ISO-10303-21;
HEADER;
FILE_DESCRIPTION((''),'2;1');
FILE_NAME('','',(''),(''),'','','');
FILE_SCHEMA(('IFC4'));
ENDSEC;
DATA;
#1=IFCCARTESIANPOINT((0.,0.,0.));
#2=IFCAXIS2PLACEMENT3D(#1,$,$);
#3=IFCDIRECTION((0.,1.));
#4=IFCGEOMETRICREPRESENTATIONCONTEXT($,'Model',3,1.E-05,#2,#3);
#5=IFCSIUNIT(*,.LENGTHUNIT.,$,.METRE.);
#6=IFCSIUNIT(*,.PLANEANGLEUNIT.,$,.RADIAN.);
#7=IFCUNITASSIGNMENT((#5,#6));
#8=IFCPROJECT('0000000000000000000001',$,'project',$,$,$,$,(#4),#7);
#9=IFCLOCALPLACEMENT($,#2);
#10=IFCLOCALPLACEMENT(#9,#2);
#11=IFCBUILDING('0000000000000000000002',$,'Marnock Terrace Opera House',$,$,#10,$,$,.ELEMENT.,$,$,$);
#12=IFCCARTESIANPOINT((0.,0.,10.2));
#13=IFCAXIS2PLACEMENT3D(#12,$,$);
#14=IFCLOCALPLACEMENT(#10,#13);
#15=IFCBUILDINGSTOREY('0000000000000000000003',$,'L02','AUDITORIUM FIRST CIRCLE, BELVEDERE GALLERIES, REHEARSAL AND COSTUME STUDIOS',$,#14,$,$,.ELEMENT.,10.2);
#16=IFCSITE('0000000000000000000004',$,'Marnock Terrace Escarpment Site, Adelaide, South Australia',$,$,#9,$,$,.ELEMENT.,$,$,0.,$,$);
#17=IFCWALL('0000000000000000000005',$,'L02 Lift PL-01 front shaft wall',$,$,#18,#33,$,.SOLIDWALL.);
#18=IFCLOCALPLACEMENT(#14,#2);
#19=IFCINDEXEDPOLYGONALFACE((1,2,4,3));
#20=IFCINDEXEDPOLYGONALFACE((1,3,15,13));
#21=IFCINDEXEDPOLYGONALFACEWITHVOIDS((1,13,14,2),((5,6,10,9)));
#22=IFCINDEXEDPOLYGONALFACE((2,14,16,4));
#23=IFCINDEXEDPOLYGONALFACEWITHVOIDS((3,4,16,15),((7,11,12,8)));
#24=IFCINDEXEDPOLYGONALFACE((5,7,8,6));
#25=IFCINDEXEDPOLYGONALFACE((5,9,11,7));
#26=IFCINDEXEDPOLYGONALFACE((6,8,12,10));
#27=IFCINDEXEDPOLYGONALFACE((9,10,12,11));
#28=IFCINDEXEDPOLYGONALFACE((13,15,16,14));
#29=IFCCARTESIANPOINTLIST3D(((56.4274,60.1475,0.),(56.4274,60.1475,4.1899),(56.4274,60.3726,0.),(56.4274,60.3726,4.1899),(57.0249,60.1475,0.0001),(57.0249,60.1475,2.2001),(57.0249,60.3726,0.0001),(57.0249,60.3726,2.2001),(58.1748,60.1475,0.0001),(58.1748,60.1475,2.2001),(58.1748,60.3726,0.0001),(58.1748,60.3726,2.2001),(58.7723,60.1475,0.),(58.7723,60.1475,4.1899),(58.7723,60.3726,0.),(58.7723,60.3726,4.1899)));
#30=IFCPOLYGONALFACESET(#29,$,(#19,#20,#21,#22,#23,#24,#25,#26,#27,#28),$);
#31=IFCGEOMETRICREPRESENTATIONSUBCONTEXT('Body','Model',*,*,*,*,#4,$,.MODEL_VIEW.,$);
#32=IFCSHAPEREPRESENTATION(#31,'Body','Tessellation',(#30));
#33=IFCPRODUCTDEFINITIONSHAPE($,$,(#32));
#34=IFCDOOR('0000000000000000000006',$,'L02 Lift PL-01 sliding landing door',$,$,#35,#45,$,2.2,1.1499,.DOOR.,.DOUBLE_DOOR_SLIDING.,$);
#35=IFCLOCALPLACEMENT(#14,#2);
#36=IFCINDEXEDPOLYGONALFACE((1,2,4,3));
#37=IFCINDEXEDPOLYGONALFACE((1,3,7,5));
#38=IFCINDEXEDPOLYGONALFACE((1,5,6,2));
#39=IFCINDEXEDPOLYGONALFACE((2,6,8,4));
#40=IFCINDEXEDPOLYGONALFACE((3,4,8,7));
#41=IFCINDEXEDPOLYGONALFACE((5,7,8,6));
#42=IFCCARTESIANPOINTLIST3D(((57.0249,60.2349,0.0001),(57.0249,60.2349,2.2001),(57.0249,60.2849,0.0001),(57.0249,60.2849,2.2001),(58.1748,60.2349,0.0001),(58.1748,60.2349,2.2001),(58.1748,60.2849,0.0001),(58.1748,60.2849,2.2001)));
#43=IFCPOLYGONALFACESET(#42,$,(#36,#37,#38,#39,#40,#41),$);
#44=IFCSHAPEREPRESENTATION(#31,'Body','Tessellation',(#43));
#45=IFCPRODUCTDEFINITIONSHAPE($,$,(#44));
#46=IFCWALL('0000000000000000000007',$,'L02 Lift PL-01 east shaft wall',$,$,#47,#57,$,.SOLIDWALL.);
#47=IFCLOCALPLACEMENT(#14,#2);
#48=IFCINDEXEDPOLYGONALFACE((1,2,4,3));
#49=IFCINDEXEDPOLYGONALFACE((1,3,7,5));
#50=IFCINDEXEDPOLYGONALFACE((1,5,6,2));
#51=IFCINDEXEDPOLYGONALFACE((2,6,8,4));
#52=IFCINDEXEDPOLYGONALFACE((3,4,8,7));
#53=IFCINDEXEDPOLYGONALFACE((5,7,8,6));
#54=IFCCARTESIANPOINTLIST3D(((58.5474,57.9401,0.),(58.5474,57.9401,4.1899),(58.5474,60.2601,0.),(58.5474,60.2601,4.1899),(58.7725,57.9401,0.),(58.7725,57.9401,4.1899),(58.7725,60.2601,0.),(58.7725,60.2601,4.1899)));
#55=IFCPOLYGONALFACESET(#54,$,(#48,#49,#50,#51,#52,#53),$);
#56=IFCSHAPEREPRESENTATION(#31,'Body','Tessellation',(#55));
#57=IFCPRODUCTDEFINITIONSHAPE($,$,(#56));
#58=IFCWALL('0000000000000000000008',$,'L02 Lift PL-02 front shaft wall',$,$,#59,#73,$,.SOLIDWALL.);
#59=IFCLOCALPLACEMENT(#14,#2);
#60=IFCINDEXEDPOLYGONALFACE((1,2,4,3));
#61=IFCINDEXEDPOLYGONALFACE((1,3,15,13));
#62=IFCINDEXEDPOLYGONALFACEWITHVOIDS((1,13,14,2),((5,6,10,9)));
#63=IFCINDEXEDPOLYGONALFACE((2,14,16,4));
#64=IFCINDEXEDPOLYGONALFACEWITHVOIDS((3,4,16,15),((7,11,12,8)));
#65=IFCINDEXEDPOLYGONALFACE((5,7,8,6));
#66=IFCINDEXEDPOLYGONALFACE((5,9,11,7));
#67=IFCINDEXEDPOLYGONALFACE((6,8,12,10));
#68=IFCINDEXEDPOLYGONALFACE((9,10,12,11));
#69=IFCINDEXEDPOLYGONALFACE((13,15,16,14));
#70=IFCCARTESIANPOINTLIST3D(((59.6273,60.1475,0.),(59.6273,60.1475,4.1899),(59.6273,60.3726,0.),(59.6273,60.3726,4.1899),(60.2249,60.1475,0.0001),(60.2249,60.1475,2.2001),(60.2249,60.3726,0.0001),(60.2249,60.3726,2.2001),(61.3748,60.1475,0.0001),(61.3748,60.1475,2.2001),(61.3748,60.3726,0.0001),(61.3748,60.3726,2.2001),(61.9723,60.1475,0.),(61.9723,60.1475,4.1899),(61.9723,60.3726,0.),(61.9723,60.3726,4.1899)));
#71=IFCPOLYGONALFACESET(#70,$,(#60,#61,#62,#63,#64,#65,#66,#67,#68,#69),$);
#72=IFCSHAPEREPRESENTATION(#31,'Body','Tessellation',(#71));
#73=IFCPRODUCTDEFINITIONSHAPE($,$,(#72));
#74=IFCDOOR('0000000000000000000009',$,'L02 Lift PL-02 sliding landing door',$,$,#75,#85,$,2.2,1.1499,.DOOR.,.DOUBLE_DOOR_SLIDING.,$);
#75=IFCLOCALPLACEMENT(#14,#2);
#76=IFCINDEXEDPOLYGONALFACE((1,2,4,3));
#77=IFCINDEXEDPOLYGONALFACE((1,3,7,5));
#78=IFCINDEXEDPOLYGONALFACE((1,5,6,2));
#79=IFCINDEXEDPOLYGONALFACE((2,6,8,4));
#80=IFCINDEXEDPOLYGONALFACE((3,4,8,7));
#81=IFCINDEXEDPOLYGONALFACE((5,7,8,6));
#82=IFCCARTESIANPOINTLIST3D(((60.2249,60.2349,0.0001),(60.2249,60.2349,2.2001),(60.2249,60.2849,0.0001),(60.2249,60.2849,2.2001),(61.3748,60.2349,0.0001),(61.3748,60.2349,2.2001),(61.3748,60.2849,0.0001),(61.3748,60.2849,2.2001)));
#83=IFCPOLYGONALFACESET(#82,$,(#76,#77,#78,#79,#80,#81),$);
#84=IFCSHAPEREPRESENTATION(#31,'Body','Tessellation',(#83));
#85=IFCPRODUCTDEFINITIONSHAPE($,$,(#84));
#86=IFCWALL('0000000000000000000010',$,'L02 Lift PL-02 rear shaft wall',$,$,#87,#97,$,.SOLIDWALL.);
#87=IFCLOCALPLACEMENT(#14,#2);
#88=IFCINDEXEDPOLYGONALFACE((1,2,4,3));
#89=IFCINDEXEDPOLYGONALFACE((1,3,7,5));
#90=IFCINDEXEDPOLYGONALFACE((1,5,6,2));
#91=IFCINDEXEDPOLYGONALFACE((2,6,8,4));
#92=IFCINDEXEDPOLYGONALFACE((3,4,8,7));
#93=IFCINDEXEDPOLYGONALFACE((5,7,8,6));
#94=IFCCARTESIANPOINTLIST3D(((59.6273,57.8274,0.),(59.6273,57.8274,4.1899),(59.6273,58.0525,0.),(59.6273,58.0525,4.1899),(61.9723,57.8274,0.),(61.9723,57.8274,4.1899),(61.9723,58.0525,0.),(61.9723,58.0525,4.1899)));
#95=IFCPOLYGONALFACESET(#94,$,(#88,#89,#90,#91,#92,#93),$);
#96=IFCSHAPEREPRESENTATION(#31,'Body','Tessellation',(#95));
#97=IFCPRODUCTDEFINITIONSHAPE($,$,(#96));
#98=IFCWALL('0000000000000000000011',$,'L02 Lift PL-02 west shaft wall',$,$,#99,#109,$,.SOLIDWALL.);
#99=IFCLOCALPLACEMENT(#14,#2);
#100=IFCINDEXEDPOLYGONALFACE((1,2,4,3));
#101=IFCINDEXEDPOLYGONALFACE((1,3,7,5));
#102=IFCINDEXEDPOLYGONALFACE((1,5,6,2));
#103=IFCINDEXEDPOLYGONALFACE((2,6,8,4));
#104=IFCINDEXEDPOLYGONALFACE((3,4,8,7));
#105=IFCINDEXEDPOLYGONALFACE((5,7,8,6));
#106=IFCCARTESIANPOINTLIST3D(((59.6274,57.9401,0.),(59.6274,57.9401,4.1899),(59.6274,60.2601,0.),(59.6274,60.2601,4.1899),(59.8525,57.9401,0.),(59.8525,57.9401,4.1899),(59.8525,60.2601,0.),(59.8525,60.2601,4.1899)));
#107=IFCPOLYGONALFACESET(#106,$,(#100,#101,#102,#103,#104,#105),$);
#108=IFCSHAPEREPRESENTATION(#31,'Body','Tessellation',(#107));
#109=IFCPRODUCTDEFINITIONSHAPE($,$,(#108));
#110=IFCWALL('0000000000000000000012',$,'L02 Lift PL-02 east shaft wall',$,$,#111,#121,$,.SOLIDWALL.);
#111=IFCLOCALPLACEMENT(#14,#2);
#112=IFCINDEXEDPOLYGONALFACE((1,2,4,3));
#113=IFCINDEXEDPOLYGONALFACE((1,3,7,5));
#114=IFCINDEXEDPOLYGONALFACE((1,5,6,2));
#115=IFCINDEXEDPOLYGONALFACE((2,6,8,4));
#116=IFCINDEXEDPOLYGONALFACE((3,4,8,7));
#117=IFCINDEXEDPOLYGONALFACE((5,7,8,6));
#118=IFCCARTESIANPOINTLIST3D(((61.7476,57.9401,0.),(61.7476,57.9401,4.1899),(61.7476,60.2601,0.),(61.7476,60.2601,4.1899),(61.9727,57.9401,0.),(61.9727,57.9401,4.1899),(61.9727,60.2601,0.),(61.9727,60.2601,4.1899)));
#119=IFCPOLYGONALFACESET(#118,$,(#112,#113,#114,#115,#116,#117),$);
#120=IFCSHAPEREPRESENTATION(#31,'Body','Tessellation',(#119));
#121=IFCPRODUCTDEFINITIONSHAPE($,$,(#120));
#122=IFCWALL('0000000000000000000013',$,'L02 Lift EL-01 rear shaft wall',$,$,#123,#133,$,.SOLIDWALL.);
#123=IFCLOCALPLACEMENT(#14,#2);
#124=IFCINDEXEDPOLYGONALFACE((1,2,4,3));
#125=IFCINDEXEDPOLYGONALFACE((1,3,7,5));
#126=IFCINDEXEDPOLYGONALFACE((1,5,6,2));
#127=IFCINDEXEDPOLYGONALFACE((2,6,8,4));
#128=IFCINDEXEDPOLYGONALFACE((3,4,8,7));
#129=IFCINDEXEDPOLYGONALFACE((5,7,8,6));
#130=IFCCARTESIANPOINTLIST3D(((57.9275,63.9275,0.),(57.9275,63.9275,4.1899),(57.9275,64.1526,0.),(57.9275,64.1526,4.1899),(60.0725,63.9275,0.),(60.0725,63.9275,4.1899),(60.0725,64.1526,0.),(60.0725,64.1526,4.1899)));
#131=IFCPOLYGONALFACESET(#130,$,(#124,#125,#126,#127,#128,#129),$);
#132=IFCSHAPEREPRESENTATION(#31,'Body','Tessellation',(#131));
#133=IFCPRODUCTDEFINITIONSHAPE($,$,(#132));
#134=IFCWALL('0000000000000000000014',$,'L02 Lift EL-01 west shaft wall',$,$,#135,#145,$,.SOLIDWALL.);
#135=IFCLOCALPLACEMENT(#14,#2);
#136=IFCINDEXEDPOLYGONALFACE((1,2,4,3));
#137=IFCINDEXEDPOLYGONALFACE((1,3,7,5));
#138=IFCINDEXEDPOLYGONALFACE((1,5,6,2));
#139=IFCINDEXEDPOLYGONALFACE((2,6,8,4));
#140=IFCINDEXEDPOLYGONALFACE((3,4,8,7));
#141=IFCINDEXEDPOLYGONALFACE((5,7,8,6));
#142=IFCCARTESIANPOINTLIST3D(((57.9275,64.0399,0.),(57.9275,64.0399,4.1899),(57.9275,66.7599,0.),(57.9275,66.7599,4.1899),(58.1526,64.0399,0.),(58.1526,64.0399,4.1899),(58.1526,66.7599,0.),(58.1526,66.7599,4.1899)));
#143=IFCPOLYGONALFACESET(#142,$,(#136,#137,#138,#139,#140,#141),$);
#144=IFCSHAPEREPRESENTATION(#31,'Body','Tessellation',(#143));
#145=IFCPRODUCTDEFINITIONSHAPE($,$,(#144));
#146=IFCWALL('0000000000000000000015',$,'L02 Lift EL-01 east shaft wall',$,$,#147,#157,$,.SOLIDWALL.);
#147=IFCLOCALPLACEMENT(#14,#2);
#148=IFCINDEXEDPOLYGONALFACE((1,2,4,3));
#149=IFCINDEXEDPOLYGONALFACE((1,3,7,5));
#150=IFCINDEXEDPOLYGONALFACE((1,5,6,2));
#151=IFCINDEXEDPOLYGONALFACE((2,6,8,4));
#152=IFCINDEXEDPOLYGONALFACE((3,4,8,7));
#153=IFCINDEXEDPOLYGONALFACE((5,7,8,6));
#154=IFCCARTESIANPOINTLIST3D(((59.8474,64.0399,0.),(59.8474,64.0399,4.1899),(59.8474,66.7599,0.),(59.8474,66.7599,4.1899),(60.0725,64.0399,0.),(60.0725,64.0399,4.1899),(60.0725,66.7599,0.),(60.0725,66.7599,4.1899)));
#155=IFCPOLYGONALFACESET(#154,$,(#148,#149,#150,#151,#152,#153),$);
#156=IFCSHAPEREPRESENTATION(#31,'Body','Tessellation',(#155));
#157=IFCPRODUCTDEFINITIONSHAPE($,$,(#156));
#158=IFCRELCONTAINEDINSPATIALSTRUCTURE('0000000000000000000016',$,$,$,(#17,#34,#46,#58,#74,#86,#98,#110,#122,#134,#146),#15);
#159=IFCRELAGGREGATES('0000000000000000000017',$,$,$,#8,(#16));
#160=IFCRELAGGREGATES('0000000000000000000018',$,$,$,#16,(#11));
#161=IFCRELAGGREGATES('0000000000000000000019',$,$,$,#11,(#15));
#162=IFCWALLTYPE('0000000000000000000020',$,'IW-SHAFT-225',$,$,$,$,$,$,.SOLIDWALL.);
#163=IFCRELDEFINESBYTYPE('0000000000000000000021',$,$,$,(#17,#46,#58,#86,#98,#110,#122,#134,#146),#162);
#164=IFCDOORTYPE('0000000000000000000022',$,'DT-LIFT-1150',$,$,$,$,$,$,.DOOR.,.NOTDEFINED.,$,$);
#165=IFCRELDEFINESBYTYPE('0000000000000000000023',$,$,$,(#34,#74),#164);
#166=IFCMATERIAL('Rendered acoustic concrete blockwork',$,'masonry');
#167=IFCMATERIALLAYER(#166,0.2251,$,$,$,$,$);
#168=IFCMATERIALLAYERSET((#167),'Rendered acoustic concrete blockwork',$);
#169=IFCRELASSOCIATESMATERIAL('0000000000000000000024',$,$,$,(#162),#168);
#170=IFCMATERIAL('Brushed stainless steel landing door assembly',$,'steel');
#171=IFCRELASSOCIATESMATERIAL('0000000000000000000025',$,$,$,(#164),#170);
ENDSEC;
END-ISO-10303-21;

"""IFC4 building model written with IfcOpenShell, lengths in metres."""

from ifc_helpers import new_model, si_unit, direction, frame, frame_2d, origin, place, context, subcontext, project, spatial, rectangle, extrude, material, layer, layer_set, type_object, element, fill, save


model = new_model("IFC4")

# Units and contexts
model_context = context("Model", 3, precision=1e-05, world=origin(), true_north=direction((0.0, 1.0)))
body_context = subcontext(model_context, "Body", "Model", "MODEL_VIEW")
ifc_project = project(units=[si_unit("LENGTHUNIT", "METRE"), si_unit("PLANEANGLEUNIT", "RADIAN")], contexts=[model_context])

# Site, building, storey
site_placement = place(None, origin())
site = spatial("IfcSite", under=ifc_project, at=site_placement, Name="Marnock Terrace Escarpment Site, Adelaide, South Australia", CompositionType="ELEMENT", RefElevation=0.0)
building_placement = place(site_placement, origin())
building = spatial("IfcBuilding", under=site, at=building_placement, Name="Marnock Terrace Opera House", CompositionType="ELEMENT")
storey_placement = place(building_placement, frame((0.0, 0.0, 10.2)))
storey = spatial("IfcBuildingStorey", under=building, at=storey_placement, Name="L02", Description="AUDITORIUM FIRST CIRCLE, BELVEDERE GALLERIES, REHEARSAL AND COSTUME STUDIOS", CompositionType="ELEMENT", Elevation=10.2)

# Wall, opening, door
ifc_material_1 = material(Name="Rendered acoustic concrete blockwork", Category="masonry")
ifc_layer_1 = layer(ifc_material_1, 0.2251)
ifc_layer_set_1 = layer_set([ifc_layer_1], Name="Rendered acoustic concrete blockwork")
wall_type = type_object("IfcWallType", Name="IW-SHAFT-225", PredefinedType="SOLIDWALL", material=ifc_layer_set_1)
wall_1_placement = place(storey_placement, frame((56.4275, 60.26, 0.0), z_axis=(0.0, 0.0, 1.0), x_axis=(1.0, 0.0, 0.0)))
wall_1 = element("IfcWall", 1, at=wall_1_placement, inside=storey, type_object=wall_type, Name="L02 Lift PL-01 front shaft wall", PredefinedType="SOLIDWALL", context=body_context, shape_type="SweptSolid", body=[
    extrude(rectangle(XDim=2.345, YDim=0.2251, at=frame_2d((1.1724, 0.0))), origin(), (0.0, 0.0, 1.0), 4.1899),
])
opening_1_placement = place(wall_1_placement, frame((0.5974, 0.0, 0.0)))
opening_1 = element("IfcOpeningElement", 2, at=opening_1_placement, cuts=wall_1, PredefinedType="OPENING", context=body_context, shape_type="SweptSolid", body=[
    extrude(rectangle(XDim=1.1499, YDim=2.2, at=frame_2d((0.575, 1.1001))), frame((0.0, 0.1226, 0.0), z_axis=(0.0, -1.0, 0.0), x_axis=(1.0, 0.0, 0.0)), (0.0, 0.0, 1.0), 0.2451),
])
ifc_material_2 = material(Name="Brushed stainless steel landing door assembly", Category="steel")
door_type = type_object("IfcDoorType", Name="DT-LIFT-1150", OperationType="NOTDEFINED", PredefinedType="DOOR", material=ifc_material_2)
door_1_placement = place(opening_1_placement, origin())
door_1 = element("IfcDoor", 3, at=door_1_placement, inside=storey, type_object=door_type, Name="L02 Lift PL-01 sliding landing door", OperationType="DOUBLE_DOOR_SLIDING", OverallHeight=2.2, OverallWidth=1.1499, PredefinedType="DOOR", context=body_context, shape_type="SweptSolid", body=[
    extrude(rectangle(XDim=1.1499, YDim=2.2, at=frame_2d((0.575, 1.1001))), frame((0.0, 0.0249, 0.0), z_axis=(0.0, -1.0, 0.0), x_axis=(1.0, 0.0, 0.0)), (0.0, 0.0, 1.0), 0.05),
])
fill(opening_1, door_1)

# Wall
wall_2_placement = place(storey_placement, frame((58.6599, 57.9399, 0.0), z_axis=(0.0, 0.0, 1.0), x_axis=(0.0, 1.0, 0.0)))
element("IfcWall", 4, at=wall_2_placement, inside=storey, type_object=wall_type, Name="L02 Lift PL-01 east shaft wall", PredefinedType="SOLIDWALL", context=body_context, shape_type="SweptSolid", body=[
    extrude(rectangle(XDim=2.3201, YDim=0.2251, at=frame_2d((1.1602, 0.0))), origin(), (0.0, 0.0, 1.0), 4.1899),
])

# Wall, opening, door
wall_3_placement = place(storey_placement, frame((59.6274, 60.26, 0.0), z_axis=(0.0, 0.0, 1.0), x_axis=(1.0, 0.0, 0.0)))
wall_3 = element("IfcWall", 5, at=wall_3_placement, inside=storey, type_object=wall_type, Name="L02 Lift PL-02 front shaft wall", PredefinedType="SOLIDWALL", context=body_context, shape_type="SweptSolid", body=[
    extrude(rectangle(XDim=2.345, YDim=0.2251, at=frame_2d((1.1724, 0.0))), origin(), (0.0, 0.0, 1.0), 4.1899),
])
opening_2_placement = place(wall_3_placement, frame((0.5974, 0.0, 0.0)))
opening_2 = element("IfcOpeningElement", 6, at=opening_2_placement, cuts=wall_3, PredefinedType="OPENING", context=body_context, shape_type="SweptSolid", body=[
    extrude(rectangle(XDim=1.1499, YDim=2.2, at=frame_2d((0.575, 1.1001))), frame((0.0, 0.1226, 0.0), z_axis=(0.0, -1.0, 0.0), x_axis=(1.0, 0.0, 0.0)), (0.0, 0.0, 1.0), 0.2451),
])
door_2_placement = place(opening_2_placement, origin())
door_2 = element("IfcDoor", 7, at=door_2_placement, inside=storey, type_object=door_type, Name="L02 Lift PL-02 sliding landing door", OperationType="DOUBLE_DOOR_SLIDING", OverallHeight=2.2, OverallWidth=1.1499, PredefinedType="DOOR", context=body_context, shape_type="SweptSolid", body=[
    extrude(rectangle(XDim=1.1499, YDim=2.2, at=frame_2d((0.575, 1.1001))), frame((0.0, 0.0249, 0.0), z_axis=(0.0, -1.0, 0.0), x_axis=(1.0, 0.0, 0.0)), (0.0, 0.0, 1.0), 0.05),
])
fill(opening_2, door_2)

# Walls
wall_4_placement = place(storey_placement, frame((59.6274, 57.9399, 0.0), z_axis=(0.0, 0.0, 1.0), x_axis=(1.0, 0.0, 0.0)))
element("IfcWall", 8, at=wall_4_placement, inside=storey, type_object=wall_type, Name="L02 Lift PL-02 rear shaft wall", PredefinedType="SOLIDWALL", context=body_context, shape_type="SweptSolid", body=[
    extrude(rectangle(XDim=2.345, YDim=0.2251, at=frame_2d((1.1724, 0.0))), origin(), (0.0, 0.0, 1.0), 4.1899),
])
for number, where, z_axis, x_axis, name in (
    (9, (59.74, 57.9399, 0.0), (0.0, 0.0, 1.0), (0.0, 1.0, 0.0), "L02 Lift PL-02 west shaft wall"),
    (10, (61.8601, 57.9399, 0.0), (0.0, 0.0, 1.0), (0.0, 1.0, 0.0), "L02 Lift PL-02 east shaft wall"),
):
    element("IfcWall", number, at=place(storey_placement, frame(where, z_axis=z_axis, x_axis=x_axis)), inside=storey, type_object=wall_type, Name=name, PredefinedType="SOLIDWALL", context=body_context, shape_type="SweptSolid", body=[
        extrude(rectangle(XDim=2.3201, YDim=0.2251, at=frame_2d((1.1602, 0.0))), origin(), (0.0, 0.0, 1.0), 4.1899),
    ])
wall_5_placement = place(storey_placement, frame((57.9275, 64.04, 0.0), z_axis=(0.0, 0.0, 1.0), x_axis=(1.0, 0.0, 0.0)))
element("IfcWall", 11, at=wall_5_placement, inside=storey, type_object=wall_type, Name="L02 Lift EL-01 rear shaft wall", PredefinedType="SOLIDWALL", context=body_context, shape_type="SweptSolid", body=[
    extrude(rectangle(XDim=2.145, YDim=0.2251, at=frame_2d((1.0725, 0.0))), origin(), (0.0, 0.0, 1.0), 4.1899),
])
for number, where, z_axis, x_axis, name in (
    (12, (58.04, 64.04, 0.0), (0.0, 0.0, 1.0), (0.0, 1.0, 0.0), "L02 Lift EL-01 west shaft wall"),
    (13, (59.96, 64.04, 0.0), (0.0, 0.0, 1.0), (0.0, 1.0, 0.0), "L02 Lift EL-01 east shaft wall"),
):
    element("IfcWall", number, at=place(storey_placement, frame(where, z_axis=z_axis, x_axis=x_axis)), inside=storey, type_object=wall_type, Name=name, PredefinedType="SOLIDWALL", context=body_context, shape_type="SweptSolid", body=[
        extrude(rectangle(XDim=2.72, YDim=0.2251, at=frame_2d((1.3599, 0.0))), origin(), (0.0, 0.0, 1.0), 4.1899),
    ])

save(model, "model.ifc")
